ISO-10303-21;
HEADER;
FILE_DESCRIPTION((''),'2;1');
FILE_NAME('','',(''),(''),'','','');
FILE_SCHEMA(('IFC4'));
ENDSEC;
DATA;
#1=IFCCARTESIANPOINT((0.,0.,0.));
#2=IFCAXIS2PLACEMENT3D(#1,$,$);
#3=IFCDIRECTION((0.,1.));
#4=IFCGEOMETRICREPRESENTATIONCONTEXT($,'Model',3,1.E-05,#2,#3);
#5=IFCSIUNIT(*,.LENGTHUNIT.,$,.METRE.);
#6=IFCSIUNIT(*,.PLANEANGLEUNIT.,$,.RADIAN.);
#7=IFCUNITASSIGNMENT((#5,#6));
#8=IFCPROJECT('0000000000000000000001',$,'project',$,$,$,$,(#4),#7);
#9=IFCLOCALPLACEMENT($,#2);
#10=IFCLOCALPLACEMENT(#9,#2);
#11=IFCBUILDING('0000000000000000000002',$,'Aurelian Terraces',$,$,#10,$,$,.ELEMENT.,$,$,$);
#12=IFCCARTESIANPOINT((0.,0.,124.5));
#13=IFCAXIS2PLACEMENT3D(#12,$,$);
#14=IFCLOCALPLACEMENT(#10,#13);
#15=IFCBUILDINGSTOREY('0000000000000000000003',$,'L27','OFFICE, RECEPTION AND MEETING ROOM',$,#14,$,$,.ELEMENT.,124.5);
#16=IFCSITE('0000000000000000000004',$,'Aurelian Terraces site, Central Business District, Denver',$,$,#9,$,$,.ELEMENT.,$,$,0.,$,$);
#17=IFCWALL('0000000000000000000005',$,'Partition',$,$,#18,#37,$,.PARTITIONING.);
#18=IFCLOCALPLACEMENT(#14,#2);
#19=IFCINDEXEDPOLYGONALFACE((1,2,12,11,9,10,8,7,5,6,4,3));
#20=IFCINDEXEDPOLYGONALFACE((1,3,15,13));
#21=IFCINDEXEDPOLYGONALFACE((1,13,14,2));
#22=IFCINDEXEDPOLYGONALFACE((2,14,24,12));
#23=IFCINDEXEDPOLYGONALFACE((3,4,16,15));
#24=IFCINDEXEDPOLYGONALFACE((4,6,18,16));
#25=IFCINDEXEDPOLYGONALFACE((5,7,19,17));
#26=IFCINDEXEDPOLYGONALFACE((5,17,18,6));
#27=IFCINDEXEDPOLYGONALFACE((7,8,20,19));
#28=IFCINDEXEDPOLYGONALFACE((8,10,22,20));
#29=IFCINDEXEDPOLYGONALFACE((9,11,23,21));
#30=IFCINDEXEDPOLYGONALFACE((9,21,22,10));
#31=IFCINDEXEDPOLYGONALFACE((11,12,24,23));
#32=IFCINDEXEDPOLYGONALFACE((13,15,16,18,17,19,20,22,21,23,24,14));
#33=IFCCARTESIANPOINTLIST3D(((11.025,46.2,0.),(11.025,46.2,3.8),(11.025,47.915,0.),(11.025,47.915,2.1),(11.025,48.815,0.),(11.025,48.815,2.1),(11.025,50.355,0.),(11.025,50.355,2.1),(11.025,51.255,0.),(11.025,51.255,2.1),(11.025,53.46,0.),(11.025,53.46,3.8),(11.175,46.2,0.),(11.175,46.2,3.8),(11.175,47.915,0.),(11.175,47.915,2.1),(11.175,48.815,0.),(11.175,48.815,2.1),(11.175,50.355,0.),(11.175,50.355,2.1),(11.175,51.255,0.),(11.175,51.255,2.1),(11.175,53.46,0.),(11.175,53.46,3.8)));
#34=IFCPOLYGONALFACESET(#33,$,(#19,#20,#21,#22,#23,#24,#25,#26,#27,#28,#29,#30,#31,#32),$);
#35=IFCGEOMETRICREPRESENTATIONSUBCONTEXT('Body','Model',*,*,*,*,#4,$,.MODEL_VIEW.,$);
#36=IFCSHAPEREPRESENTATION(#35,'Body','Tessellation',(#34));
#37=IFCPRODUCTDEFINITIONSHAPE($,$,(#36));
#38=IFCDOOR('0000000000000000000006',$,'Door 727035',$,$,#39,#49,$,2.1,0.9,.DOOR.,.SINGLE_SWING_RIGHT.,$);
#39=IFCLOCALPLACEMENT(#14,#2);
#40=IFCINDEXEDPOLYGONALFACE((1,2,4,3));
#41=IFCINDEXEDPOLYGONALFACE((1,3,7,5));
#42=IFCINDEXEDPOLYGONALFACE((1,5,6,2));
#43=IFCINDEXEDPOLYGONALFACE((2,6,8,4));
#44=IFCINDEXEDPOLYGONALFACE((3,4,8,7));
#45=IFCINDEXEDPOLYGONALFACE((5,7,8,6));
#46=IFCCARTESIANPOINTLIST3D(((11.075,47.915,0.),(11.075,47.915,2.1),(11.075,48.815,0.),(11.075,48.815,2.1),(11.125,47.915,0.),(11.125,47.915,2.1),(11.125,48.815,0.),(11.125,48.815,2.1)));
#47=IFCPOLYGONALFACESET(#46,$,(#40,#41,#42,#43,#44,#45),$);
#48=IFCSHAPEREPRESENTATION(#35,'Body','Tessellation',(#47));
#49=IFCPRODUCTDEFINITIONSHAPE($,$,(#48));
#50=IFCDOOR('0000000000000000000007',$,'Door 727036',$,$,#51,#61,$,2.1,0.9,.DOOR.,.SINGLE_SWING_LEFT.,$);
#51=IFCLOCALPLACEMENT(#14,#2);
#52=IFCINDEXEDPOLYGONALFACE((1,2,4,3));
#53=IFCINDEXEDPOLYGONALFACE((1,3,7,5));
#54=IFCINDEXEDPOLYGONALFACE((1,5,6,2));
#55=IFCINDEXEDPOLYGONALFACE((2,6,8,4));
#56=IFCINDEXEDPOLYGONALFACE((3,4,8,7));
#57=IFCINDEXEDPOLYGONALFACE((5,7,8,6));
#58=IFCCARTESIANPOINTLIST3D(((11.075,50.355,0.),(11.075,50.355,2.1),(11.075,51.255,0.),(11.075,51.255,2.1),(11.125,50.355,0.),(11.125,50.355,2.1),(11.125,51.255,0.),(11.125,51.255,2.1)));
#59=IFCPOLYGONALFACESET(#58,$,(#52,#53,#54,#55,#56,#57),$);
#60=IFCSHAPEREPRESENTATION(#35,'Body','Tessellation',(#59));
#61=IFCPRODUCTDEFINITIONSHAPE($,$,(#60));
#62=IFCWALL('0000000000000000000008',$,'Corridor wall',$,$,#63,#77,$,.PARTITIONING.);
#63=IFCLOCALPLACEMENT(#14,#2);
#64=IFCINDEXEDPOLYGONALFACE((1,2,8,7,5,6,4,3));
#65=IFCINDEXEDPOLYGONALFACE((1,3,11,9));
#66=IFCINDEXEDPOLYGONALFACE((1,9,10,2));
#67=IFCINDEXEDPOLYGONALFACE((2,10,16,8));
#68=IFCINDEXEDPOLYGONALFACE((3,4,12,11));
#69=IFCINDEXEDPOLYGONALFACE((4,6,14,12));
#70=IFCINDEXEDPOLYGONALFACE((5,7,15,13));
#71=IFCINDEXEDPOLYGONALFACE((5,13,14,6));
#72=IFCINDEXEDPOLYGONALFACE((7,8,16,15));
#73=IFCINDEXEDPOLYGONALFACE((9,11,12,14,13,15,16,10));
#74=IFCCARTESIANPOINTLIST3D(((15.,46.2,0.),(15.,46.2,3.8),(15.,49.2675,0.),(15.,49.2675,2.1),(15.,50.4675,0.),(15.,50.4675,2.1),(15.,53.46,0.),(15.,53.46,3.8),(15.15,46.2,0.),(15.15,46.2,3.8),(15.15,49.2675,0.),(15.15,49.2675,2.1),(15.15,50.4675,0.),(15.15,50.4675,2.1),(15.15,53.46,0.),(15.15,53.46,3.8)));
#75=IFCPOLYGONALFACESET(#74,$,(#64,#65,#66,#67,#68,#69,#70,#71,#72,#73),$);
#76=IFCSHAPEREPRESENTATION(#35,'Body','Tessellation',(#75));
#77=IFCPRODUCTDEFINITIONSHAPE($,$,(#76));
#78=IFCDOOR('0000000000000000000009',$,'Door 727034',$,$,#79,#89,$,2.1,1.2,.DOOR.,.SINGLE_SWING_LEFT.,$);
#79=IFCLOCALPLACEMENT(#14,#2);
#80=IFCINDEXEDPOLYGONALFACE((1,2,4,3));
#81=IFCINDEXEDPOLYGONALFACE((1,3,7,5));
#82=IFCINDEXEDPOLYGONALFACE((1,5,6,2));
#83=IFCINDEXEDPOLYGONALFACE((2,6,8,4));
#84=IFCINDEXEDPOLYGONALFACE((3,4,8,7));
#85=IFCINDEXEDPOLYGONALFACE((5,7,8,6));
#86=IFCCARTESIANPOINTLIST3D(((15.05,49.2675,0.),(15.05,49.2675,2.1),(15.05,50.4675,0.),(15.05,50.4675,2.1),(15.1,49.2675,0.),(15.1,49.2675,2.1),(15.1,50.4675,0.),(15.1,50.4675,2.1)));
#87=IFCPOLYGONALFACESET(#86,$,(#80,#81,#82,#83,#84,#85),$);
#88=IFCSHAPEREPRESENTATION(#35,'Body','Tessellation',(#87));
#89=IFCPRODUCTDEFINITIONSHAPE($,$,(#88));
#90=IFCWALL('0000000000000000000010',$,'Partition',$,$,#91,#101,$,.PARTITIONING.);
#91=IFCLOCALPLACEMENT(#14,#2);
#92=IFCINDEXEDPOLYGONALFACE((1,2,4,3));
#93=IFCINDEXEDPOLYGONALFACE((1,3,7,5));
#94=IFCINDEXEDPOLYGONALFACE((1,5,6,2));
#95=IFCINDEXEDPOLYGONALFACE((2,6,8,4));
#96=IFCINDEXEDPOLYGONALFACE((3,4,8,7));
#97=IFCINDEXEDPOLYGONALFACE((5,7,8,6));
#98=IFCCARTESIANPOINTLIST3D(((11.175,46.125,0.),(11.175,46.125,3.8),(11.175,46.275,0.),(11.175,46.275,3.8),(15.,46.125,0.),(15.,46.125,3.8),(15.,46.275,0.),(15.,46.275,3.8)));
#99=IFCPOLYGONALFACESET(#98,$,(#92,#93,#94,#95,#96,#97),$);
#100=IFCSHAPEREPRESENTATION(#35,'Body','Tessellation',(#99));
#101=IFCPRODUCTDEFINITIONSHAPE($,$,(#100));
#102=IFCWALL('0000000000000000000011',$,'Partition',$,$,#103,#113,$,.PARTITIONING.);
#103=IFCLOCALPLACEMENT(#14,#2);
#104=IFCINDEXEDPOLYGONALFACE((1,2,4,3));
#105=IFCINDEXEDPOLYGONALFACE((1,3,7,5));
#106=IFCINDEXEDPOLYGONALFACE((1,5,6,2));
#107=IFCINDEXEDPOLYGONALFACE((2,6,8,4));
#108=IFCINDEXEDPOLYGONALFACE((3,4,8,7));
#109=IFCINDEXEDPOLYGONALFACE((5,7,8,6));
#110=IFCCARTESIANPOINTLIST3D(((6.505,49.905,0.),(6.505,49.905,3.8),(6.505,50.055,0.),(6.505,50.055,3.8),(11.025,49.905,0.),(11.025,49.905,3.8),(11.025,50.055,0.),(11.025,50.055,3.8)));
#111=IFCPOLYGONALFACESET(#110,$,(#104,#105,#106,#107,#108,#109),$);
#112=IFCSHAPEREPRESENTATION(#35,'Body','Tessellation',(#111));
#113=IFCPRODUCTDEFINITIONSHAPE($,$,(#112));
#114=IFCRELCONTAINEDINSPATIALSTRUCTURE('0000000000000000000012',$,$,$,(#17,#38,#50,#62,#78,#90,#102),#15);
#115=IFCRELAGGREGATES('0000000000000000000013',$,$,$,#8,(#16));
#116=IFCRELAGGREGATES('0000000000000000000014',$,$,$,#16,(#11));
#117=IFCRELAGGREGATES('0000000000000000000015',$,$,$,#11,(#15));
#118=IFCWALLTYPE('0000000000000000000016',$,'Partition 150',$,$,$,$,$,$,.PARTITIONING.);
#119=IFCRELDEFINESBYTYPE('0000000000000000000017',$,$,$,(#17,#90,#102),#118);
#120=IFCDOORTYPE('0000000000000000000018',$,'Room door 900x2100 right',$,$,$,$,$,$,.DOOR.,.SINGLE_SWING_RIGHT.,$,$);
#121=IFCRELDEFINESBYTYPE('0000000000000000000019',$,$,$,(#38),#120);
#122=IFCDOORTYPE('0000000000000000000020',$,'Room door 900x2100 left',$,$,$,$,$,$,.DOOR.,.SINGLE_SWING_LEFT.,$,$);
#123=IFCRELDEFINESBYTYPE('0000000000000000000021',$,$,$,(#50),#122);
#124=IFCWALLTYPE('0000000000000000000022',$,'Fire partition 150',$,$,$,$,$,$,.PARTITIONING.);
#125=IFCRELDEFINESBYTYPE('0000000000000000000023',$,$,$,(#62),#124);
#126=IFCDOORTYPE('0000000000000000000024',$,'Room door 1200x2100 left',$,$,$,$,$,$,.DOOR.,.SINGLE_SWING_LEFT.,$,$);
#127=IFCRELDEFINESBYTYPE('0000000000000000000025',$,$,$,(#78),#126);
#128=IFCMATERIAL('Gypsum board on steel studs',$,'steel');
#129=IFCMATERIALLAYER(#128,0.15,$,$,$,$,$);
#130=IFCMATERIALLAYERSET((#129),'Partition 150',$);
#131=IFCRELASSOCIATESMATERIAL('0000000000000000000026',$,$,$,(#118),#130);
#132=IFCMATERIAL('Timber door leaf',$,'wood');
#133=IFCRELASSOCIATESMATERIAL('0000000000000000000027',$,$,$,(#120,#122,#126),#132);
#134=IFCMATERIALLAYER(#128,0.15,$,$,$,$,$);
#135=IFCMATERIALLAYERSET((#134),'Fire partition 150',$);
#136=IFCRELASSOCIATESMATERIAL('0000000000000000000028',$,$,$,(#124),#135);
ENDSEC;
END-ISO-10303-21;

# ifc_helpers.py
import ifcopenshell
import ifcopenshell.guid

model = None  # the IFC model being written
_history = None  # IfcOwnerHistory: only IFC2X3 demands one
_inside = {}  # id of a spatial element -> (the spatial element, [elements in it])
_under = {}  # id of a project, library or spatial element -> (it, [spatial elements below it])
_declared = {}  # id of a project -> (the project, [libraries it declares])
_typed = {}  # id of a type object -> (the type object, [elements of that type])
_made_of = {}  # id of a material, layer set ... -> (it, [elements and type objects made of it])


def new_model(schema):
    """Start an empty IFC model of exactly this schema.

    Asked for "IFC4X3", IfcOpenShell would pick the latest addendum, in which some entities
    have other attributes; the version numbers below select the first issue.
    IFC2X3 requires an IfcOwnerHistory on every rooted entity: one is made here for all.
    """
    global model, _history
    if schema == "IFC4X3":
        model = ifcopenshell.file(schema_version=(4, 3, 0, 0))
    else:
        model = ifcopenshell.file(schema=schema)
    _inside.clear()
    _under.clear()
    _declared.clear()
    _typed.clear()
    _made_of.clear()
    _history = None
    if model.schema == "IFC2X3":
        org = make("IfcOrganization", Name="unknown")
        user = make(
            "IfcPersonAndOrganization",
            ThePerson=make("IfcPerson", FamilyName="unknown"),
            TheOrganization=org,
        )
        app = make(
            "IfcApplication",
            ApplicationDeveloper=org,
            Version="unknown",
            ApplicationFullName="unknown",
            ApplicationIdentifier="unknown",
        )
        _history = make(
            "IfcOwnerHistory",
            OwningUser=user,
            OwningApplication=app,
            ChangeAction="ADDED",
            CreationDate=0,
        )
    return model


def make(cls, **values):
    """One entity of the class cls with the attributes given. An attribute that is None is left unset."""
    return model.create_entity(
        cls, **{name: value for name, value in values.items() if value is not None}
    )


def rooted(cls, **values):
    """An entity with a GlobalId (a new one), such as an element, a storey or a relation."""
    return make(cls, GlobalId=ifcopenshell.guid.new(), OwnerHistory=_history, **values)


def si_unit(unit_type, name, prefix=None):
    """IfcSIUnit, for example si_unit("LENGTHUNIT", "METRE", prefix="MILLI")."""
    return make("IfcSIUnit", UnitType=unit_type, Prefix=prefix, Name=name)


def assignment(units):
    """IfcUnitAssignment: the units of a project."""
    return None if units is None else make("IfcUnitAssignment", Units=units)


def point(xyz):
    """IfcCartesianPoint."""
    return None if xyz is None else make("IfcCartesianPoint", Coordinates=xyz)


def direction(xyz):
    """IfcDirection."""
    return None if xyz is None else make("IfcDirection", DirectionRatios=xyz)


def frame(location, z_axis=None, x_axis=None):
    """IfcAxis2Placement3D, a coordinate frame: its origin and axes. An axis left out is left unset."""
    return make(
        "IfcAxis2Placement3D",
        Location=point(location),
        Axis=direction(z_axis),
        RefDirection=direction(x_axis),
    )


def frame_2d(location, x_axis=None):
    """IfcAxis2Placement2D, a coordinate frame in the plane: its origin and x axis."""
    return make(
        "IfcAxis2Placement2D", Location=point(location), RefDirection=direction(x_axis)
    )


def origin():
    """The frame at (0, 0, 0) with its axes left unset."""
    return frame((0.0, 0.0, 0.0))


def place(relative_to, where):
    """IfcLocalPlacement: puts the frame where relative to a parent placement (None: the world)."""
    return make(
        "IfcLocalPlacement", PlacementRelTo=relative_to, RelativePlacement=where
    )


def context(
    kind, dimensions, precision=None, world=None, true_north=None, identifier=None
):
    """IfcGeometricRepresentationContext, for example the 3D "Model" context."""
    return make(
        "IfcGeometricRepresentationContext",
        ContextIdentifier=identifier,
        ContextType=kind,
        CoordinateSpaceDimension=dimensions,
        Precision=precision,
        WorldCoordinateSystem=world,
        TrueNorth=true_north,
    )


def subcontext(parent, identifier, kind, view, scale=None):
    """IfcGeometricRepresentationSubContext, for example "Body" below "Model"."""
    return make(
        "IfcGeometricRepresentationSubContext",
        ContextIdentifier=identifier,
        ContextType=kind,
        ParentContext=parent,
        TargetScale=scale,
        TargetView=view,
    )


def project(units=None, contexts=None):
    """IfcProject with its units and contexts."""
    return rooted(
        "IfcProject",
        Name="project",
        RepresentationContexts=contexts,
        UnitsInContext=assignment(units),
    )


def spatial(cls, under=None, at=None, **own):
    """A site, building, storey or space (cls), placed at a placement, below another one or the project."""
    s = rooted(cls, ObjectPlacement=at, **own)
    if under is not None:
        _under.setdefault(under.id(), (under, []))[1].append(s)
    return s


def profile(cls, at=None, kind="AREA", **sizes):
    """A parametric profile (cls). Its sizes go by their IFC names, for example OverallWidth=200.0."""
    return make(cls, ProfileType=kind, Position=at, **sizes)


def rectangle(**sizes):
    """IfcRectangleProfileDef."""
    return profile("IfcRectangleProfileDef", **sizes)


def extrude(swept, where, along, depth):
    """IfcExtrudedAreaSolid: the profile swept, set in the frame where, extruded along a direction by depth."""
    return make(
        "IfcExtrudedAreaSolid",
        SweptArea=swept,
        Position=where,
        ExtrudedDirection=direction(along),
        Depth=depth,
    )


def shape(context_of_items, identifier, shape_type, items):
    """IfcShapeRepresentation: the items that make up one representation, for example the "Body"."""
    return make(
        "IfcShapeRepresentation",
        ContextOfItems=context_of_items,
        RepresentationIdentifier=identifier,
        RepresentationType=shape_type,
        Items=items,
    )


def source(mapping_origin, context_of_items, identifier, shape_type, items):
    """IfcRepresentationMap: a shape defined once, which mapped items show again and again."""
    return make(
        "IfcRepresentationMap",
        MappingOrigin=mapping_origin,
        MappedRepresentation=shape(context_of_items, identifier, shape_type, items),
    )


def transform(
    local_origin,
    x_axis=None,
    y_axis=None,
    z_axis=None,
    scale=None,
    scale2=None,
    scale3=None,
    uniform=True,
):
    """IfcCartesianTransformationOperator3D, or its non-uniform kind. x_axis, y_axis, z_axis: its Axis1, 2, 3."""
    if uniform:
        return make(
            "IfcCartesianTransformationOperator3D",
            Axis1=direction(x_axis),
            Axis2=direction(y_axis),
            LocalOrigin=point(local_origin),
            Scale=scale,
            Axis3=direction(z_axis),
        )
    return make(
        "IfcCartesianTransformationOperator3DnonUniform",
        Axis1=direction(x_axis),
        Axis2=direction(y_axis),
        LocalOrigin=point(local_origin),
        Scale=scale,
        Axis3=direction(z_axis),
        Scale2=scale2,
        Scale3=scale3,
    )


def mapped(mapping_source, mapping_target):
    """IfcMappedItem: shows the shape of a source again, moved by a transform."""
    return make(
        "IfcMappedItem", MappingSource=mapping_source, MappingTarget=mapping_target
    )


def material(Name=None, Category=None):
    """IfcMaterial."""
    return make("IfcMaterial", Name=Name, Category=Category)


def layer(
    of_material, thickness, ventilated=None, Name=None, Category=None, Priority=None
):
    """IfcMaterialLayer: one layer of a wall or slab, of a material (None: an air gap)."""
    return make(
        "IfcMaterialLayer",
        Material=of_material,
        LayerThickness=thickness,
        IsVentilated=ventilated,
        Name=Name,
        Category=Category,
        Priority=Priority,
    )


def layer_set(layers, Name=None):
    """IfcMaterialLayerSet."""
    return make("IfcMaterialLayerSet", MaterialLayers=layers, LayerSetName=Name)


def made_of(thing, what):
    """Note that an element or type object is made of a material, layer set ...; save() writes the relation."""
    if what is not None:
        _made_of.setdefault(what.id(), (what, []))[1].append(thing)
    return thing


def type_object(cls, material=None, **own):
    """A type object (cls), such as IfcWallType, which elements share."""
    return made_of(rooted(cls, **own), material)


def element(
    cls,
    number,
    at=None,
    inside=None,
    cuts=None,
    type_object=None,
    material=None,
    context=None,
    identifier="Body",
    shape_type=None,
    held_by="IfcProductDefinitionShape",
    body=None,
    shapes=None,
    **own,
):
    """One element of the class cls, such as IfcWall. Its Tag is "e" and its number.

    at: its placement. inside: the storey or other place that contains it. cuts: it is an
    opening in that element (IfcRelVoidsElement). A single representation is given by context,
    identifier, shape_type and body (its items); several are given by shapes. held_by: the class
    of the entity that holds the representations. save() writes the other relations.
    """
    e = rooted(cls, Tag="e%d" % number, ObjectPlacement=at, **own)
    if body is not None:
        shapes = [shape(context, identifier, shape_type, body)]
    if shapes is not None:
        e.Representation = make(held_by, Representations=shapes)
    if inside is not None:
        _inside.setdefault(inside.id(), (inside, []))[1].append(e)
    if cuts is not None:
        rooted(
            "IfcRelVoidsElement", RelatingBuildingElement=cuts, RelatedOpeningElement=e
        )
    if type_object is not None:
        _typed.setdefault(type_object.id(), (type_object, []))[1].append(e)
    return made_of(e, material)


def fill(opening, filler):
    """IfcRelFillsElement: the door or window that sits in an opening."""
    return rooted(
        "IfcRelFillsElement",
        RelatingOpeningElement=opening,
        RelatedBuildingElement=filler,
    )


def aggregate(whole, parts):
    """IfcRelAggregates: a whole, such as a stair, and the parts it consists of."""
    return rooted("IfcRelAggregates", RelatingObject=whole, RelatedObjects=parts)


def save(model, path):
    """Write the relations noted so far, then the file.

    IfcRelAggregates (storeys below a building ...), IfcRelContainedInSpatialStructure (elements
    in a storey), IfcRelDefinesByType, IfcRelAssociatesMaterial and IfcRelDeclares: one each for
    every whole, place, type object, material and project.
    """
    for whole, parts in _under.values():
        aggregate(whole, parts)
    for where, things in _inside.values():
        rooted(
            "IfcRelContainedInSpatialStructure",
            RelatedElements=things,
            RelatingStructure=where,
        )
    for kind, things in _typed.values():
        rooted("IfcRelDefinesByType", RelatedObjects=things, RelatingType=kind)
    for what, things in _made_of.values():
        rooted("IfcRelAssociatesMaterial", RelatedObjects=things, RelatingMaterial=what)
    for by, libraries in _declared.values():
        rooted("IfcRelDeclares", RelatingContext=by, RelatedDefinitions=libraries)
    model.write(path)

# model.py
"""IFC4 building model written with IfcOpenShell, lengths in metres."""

from ifc_helpers import new_model, si_unit, direction, frame, frame_2d, origin, place, context, subcontext, project, spatial, rectangle, extrude, source, transform, mapped, material, layer, layer_set, type_object, element, fill, save


model = new_model("IFC4")

# Units and contexts
model_context = context("Model", 3, precision=1e-05, world=origin(), true_north=direction((0.0, 1.0)))
body_context = subcontext(model_context, "Body", "Model", "MODEL_VIEW")
ifc_project = project(units=[si_unit("LENGTHUNIT", "METRE"), si_unit("PLANEANGLEUNIT", "RADIAN")], contexts=[model_context])

# Site, building, storey
site_placement = place(None, origin())
site = spatial("IfcSite", under=ifc_project, at=site_placement, Name="Aurelian Terraces site, Central Business District, Denver", CompositionType="ELEMENT", RefElevation=0.0)
building_placement = place(site_placement, origin())
building = spatial("IfcBuilding", under=site, at=building_placement, Name="Aurelian Terraces", CompositionType="ELEMENT")
storey_placement = place(building_placement, frame((0.0, 0.0, 124.5)))
storey = spatial("IfcBuildingStorey", under=building, at=storey_placement, Name="L27", Description="OFFICE, RECEPTION AND MEETING ROOM", CompositionType="ELEMENT", Elevation=124.5)

# Wall, openings, doors
ifc_material_1 = material(Name="Gypsum board on steel studs", Category="steel")
ifc_layer_1 = layer(ifc_material_1, 0.15)
ifc_layer_set_1 = layer_set([ifc_layer_1], Name="Partition 150")
wall_type_1 = type_object("IfcWallType", Name="Partition 150", PredefinedType="PARTITIONING", material=ifc_layer_set_1)
shared_shape_1 = source(origin(), body_context, "Body", "SweptSolid", [
    extrude(rectangle(XDim=7.26, YDim=0.15, at=frame_2d((3.63, 0.0))), origin(), (0.0, 0.0, 1.0), 3.8),
])
wall_1_placement = place(storey_placement, frame((11.1, 46.2, 0.0), z_axis=(0.0, 0.0, 1.0), x_axis=(0.0, 1.0, 0.0)))
wall_1 = element("IfcWall", 1, at=wall_1_placement, inside=storey, type_object=wall_type_1, Name="Partition", PredefinedType="PARTITIONING", context=body_context, shape_type="MappedRepresentation", body=[
    mapped(shared_shape_1, transform((0.0, 0.0, 0.0), scale=1.0)),
])
shared_shape_2 = source(origin(), body_context, "Body", "SweptSolid", [
    extrude(rectangle(XDim=0.9, YDim=2.1, at=frame_2d((0.45, 1.05))), frame((0.0, 0.085, 0.0), z_axis=(0.0, -1.0, 0.0), x_axis=(1.0, 0.0, 0.0)), (0.0, 0.0, 1.0), 0.17),
])
opening_1_placement = place(wall_1_placement, frame((1.715, 0.0, 0.0)))
opening_1 = element("IfcOpeningElement", 2, at=opening_1_placement, cuts=wall_1, PredefinedType="OPENING", context=body_context, shape_type="MappedRepresentation", body=[
    mapped(shared_shape_2, transform((0.0, 0.0, 0.0), scale=1.0)),
])
opening_2_placement = place(wall_1_placement, frame((4.155, 0.0, 0.0)))
opening_2 = element("IfcOpeningElement", 3, at=opening_2_placement, cuts=wall_1, PredefinedType="OPENING", context=body_context, shape_type="MappedRepresentation", body=[
    mapped(shared_shape_2, transform((0.0, 0.0, 0.0), scale=1.0)),
])
ifc_material_2 = material(Name="Timber door leaf", Category="wood")
door_type_1 = type_object("IfcDoorType", Name="Room door 900x2100 right", OperationType="SINGLE_SWING_RIGHT", PredefinedType="DOOR", material=ifc_material_2)
shared_shape_3 = source(origin(), body_context, "Body", "SweptSolid", [
    extrude(rectangle(XDim=0.9, YDim=2.1, at=frame_2d((0.45, 1.05))), frame((0.0, 0.025, 0.0), z_axis=(0.0, -1.0, 0.0), x_axis=(1.0, 0.0, 0.0)), (0.0, 0.0, 1.0), 0.05),
])
door_1_placement = place(opening_1_placement, origin())
door_1 = element("IfcDoor", 4, at=door_1_placement, inside=storey, type_object=door_type_1, Name="Door 727035", OperationType="SINGLE_SWING_RIGHT", OverallHeight=2.1, OverallWidth=0.9, PredefinedType="DOOR", context=body_context, shape_type="MappedRepresentation", body=[
    mapped(shared_shape_3, transform((0.0, 0.0, 0.0), scale=1.0)),
])
fill(opening_1, door_1)
door_type_2 = type_object("IfcDoorType", Name="Room door 900x2100 left", OperationType="SINGLE_SWING_LEFT", PredefinedType="DOOR", material=ifc_material_2)
door_2_placement = place(opening_2_placement, origin())
door_2 = element("IfcDoor", 5, at=door_2_placement, inside=storey, type_object=door_type_2, Name="Door 727036", OperationType="SINGLE_SWING_LEFT", OverallHeight=2.1, OverallWidth=0.9, PredefinedType="DOOR", context=body_context, shape_type="MappedRepresentation", body=[
    mapped(shared_shape_3, transform((0.0, 0.0, 0.0), scale=1.0)),
])
fill(opening_2, door_2)

# Wall, opening, door
ifc_layer_2 = layer(ifc_material_1, 0.15)
ifc_layer_set_2 = layer_set([ifc_layer_2], Name="Fire partition 150")
wall_type_2 = type_object("IfcWallType", Name="Fire partition 150", PredefinedType="PARTITIONING", material=ifc_layer_set_2)
wall_2_placement = place(storey_placement, frame((15.075, 46.2, 0.0), z_axis=(0.0, 0.0, 1.0), x_axis=(0.0, 1.0, 0.0)))
wall_2 = element("IfcWall", 6, at=wall_2_placement, inside=storey, type_object=wall_type_2, Name="Corridor wall", PredefinedType="PARTITIONING", context=body_context, shape_type="MappedRepresentation", body=[
    mapped(shared_shape_1, transform((0.0, 0.0, 0.0), scale=1.0)),
])
shared_shape_4 = source(origin(), body_context, "Body", "SweptSolid", [
    extrude(rectangle(XDim=1.2, YDim=2.1, at=frame_2d((0.6, 1.05))), frame((0.0, 0.085, 0.0), z_axis=(0.0, -1.0, 0.0), x_axis=(1.0, 0.0, 0.0)), (0.0, 0.0, 1.0), 0.17),
])
opening_3_placement = place(wall_2_placement, frame((3.0675, 0.0, 0.0)))
opening_3 = element("IfcOpeningElement", 7, at=opening_3_placement, cuts=wall_2, PredefinedType="OPENING", context=body_context, shape_type="MappedRepresentation", body=[
    mapped(shared_shape_4, transform((0.0, 0.0, 0.0), scale=1.0)),
])
door_type_3 = type_object("IfcDoorType", Name="Room door 1200x2100 left", OperationType="SINGLE_SWING_LEFT", PredefinedType="DOOR", material=ifc_material_2)
shared_shape_5 = source(origin(), body_context, "Body", "SweptSolid", [
    extrude(rectangle(XDim=1.2, YDim=2.1, at=frame_2d((0.6, 1.05))), frame((0.0, 0.025, 0.0), z_axis=(0.0, -1.0, 0.0), x_axis=(1.0, 0.0, 0.0)), (0.0, 0.0, 1.0), 0.05),
])
door_3_placement = place(opening_3_placement, origin())
door_3 = element("IfcDoor", 8, at=door_3_placement, inside=storey, type_object=door_type_3, Name="Door 727034", OperationType="SINGLE_SWING_LEFT", OverallHeight=2.1, OverallWidth=1.2, PredefinedType="DOOR", context=body_context, shape_type="MappedRepresentation", body=[
    mapped(shared_shape_5, transform((0.0, 0.0, 0.0), scale=1.0)),
])
fill(opening_3, door_3)

# Walls
shared_shape_6 = source(origin(), body_context, "Body", "SweptSolid", [
    extrude(rectangle(XDim=3.825, YDim=0.15, at=frame_2d((1.9125, 0.0))), origin(), (0.0, 0.0, 1.0), 3.8),
])
wall_3_placement = place(storey_placement, frame((15.0, 46.2, 0.0), z_axis=(0.0, 0.0, 1.0), x_axis=(-1.0, 0.0, 0.0)))
element("IfcWall", 9, at=wall_3_placement, inside=storey, type_object=wall_type_1, Name="Partition", PredefinedType="PARTITIONING", context=body_context, shape_type="MappedRepresentation", body=[
    mapped(shared_shape_6, transform((0.0, 0.0, 0.0), scale=1.0)),
])
shared_shape_7 = source(origin(), body_context, "Body", "SweptSolid", [
    extrude(rectangle(XDim=4.52, YDim=0.15, at=frame_2d((2.26, 0.0))), origin(), (0.0, 0.0, 1.0), 3.8),
])
wall_4_placement = place(storey_placement, frame((11.025, 49.98, 0.0), z_axis=(0.0, 0.0, 1.0), x_axis=(-1.0, 0.0, 0.0)))
element("IfcWall", 10, at=wall_4_placement, inside=storey, type_object=wall_type_1, Name="Partition", PredefinedType="PARTITIONING", context=body_context, shape_type="MappedRepresentation", body=[
    mapped(shared_shape_7, transform((0.0, 0.0, 0.0), scale=1.0)),
])

save(model, "model.ifc")
